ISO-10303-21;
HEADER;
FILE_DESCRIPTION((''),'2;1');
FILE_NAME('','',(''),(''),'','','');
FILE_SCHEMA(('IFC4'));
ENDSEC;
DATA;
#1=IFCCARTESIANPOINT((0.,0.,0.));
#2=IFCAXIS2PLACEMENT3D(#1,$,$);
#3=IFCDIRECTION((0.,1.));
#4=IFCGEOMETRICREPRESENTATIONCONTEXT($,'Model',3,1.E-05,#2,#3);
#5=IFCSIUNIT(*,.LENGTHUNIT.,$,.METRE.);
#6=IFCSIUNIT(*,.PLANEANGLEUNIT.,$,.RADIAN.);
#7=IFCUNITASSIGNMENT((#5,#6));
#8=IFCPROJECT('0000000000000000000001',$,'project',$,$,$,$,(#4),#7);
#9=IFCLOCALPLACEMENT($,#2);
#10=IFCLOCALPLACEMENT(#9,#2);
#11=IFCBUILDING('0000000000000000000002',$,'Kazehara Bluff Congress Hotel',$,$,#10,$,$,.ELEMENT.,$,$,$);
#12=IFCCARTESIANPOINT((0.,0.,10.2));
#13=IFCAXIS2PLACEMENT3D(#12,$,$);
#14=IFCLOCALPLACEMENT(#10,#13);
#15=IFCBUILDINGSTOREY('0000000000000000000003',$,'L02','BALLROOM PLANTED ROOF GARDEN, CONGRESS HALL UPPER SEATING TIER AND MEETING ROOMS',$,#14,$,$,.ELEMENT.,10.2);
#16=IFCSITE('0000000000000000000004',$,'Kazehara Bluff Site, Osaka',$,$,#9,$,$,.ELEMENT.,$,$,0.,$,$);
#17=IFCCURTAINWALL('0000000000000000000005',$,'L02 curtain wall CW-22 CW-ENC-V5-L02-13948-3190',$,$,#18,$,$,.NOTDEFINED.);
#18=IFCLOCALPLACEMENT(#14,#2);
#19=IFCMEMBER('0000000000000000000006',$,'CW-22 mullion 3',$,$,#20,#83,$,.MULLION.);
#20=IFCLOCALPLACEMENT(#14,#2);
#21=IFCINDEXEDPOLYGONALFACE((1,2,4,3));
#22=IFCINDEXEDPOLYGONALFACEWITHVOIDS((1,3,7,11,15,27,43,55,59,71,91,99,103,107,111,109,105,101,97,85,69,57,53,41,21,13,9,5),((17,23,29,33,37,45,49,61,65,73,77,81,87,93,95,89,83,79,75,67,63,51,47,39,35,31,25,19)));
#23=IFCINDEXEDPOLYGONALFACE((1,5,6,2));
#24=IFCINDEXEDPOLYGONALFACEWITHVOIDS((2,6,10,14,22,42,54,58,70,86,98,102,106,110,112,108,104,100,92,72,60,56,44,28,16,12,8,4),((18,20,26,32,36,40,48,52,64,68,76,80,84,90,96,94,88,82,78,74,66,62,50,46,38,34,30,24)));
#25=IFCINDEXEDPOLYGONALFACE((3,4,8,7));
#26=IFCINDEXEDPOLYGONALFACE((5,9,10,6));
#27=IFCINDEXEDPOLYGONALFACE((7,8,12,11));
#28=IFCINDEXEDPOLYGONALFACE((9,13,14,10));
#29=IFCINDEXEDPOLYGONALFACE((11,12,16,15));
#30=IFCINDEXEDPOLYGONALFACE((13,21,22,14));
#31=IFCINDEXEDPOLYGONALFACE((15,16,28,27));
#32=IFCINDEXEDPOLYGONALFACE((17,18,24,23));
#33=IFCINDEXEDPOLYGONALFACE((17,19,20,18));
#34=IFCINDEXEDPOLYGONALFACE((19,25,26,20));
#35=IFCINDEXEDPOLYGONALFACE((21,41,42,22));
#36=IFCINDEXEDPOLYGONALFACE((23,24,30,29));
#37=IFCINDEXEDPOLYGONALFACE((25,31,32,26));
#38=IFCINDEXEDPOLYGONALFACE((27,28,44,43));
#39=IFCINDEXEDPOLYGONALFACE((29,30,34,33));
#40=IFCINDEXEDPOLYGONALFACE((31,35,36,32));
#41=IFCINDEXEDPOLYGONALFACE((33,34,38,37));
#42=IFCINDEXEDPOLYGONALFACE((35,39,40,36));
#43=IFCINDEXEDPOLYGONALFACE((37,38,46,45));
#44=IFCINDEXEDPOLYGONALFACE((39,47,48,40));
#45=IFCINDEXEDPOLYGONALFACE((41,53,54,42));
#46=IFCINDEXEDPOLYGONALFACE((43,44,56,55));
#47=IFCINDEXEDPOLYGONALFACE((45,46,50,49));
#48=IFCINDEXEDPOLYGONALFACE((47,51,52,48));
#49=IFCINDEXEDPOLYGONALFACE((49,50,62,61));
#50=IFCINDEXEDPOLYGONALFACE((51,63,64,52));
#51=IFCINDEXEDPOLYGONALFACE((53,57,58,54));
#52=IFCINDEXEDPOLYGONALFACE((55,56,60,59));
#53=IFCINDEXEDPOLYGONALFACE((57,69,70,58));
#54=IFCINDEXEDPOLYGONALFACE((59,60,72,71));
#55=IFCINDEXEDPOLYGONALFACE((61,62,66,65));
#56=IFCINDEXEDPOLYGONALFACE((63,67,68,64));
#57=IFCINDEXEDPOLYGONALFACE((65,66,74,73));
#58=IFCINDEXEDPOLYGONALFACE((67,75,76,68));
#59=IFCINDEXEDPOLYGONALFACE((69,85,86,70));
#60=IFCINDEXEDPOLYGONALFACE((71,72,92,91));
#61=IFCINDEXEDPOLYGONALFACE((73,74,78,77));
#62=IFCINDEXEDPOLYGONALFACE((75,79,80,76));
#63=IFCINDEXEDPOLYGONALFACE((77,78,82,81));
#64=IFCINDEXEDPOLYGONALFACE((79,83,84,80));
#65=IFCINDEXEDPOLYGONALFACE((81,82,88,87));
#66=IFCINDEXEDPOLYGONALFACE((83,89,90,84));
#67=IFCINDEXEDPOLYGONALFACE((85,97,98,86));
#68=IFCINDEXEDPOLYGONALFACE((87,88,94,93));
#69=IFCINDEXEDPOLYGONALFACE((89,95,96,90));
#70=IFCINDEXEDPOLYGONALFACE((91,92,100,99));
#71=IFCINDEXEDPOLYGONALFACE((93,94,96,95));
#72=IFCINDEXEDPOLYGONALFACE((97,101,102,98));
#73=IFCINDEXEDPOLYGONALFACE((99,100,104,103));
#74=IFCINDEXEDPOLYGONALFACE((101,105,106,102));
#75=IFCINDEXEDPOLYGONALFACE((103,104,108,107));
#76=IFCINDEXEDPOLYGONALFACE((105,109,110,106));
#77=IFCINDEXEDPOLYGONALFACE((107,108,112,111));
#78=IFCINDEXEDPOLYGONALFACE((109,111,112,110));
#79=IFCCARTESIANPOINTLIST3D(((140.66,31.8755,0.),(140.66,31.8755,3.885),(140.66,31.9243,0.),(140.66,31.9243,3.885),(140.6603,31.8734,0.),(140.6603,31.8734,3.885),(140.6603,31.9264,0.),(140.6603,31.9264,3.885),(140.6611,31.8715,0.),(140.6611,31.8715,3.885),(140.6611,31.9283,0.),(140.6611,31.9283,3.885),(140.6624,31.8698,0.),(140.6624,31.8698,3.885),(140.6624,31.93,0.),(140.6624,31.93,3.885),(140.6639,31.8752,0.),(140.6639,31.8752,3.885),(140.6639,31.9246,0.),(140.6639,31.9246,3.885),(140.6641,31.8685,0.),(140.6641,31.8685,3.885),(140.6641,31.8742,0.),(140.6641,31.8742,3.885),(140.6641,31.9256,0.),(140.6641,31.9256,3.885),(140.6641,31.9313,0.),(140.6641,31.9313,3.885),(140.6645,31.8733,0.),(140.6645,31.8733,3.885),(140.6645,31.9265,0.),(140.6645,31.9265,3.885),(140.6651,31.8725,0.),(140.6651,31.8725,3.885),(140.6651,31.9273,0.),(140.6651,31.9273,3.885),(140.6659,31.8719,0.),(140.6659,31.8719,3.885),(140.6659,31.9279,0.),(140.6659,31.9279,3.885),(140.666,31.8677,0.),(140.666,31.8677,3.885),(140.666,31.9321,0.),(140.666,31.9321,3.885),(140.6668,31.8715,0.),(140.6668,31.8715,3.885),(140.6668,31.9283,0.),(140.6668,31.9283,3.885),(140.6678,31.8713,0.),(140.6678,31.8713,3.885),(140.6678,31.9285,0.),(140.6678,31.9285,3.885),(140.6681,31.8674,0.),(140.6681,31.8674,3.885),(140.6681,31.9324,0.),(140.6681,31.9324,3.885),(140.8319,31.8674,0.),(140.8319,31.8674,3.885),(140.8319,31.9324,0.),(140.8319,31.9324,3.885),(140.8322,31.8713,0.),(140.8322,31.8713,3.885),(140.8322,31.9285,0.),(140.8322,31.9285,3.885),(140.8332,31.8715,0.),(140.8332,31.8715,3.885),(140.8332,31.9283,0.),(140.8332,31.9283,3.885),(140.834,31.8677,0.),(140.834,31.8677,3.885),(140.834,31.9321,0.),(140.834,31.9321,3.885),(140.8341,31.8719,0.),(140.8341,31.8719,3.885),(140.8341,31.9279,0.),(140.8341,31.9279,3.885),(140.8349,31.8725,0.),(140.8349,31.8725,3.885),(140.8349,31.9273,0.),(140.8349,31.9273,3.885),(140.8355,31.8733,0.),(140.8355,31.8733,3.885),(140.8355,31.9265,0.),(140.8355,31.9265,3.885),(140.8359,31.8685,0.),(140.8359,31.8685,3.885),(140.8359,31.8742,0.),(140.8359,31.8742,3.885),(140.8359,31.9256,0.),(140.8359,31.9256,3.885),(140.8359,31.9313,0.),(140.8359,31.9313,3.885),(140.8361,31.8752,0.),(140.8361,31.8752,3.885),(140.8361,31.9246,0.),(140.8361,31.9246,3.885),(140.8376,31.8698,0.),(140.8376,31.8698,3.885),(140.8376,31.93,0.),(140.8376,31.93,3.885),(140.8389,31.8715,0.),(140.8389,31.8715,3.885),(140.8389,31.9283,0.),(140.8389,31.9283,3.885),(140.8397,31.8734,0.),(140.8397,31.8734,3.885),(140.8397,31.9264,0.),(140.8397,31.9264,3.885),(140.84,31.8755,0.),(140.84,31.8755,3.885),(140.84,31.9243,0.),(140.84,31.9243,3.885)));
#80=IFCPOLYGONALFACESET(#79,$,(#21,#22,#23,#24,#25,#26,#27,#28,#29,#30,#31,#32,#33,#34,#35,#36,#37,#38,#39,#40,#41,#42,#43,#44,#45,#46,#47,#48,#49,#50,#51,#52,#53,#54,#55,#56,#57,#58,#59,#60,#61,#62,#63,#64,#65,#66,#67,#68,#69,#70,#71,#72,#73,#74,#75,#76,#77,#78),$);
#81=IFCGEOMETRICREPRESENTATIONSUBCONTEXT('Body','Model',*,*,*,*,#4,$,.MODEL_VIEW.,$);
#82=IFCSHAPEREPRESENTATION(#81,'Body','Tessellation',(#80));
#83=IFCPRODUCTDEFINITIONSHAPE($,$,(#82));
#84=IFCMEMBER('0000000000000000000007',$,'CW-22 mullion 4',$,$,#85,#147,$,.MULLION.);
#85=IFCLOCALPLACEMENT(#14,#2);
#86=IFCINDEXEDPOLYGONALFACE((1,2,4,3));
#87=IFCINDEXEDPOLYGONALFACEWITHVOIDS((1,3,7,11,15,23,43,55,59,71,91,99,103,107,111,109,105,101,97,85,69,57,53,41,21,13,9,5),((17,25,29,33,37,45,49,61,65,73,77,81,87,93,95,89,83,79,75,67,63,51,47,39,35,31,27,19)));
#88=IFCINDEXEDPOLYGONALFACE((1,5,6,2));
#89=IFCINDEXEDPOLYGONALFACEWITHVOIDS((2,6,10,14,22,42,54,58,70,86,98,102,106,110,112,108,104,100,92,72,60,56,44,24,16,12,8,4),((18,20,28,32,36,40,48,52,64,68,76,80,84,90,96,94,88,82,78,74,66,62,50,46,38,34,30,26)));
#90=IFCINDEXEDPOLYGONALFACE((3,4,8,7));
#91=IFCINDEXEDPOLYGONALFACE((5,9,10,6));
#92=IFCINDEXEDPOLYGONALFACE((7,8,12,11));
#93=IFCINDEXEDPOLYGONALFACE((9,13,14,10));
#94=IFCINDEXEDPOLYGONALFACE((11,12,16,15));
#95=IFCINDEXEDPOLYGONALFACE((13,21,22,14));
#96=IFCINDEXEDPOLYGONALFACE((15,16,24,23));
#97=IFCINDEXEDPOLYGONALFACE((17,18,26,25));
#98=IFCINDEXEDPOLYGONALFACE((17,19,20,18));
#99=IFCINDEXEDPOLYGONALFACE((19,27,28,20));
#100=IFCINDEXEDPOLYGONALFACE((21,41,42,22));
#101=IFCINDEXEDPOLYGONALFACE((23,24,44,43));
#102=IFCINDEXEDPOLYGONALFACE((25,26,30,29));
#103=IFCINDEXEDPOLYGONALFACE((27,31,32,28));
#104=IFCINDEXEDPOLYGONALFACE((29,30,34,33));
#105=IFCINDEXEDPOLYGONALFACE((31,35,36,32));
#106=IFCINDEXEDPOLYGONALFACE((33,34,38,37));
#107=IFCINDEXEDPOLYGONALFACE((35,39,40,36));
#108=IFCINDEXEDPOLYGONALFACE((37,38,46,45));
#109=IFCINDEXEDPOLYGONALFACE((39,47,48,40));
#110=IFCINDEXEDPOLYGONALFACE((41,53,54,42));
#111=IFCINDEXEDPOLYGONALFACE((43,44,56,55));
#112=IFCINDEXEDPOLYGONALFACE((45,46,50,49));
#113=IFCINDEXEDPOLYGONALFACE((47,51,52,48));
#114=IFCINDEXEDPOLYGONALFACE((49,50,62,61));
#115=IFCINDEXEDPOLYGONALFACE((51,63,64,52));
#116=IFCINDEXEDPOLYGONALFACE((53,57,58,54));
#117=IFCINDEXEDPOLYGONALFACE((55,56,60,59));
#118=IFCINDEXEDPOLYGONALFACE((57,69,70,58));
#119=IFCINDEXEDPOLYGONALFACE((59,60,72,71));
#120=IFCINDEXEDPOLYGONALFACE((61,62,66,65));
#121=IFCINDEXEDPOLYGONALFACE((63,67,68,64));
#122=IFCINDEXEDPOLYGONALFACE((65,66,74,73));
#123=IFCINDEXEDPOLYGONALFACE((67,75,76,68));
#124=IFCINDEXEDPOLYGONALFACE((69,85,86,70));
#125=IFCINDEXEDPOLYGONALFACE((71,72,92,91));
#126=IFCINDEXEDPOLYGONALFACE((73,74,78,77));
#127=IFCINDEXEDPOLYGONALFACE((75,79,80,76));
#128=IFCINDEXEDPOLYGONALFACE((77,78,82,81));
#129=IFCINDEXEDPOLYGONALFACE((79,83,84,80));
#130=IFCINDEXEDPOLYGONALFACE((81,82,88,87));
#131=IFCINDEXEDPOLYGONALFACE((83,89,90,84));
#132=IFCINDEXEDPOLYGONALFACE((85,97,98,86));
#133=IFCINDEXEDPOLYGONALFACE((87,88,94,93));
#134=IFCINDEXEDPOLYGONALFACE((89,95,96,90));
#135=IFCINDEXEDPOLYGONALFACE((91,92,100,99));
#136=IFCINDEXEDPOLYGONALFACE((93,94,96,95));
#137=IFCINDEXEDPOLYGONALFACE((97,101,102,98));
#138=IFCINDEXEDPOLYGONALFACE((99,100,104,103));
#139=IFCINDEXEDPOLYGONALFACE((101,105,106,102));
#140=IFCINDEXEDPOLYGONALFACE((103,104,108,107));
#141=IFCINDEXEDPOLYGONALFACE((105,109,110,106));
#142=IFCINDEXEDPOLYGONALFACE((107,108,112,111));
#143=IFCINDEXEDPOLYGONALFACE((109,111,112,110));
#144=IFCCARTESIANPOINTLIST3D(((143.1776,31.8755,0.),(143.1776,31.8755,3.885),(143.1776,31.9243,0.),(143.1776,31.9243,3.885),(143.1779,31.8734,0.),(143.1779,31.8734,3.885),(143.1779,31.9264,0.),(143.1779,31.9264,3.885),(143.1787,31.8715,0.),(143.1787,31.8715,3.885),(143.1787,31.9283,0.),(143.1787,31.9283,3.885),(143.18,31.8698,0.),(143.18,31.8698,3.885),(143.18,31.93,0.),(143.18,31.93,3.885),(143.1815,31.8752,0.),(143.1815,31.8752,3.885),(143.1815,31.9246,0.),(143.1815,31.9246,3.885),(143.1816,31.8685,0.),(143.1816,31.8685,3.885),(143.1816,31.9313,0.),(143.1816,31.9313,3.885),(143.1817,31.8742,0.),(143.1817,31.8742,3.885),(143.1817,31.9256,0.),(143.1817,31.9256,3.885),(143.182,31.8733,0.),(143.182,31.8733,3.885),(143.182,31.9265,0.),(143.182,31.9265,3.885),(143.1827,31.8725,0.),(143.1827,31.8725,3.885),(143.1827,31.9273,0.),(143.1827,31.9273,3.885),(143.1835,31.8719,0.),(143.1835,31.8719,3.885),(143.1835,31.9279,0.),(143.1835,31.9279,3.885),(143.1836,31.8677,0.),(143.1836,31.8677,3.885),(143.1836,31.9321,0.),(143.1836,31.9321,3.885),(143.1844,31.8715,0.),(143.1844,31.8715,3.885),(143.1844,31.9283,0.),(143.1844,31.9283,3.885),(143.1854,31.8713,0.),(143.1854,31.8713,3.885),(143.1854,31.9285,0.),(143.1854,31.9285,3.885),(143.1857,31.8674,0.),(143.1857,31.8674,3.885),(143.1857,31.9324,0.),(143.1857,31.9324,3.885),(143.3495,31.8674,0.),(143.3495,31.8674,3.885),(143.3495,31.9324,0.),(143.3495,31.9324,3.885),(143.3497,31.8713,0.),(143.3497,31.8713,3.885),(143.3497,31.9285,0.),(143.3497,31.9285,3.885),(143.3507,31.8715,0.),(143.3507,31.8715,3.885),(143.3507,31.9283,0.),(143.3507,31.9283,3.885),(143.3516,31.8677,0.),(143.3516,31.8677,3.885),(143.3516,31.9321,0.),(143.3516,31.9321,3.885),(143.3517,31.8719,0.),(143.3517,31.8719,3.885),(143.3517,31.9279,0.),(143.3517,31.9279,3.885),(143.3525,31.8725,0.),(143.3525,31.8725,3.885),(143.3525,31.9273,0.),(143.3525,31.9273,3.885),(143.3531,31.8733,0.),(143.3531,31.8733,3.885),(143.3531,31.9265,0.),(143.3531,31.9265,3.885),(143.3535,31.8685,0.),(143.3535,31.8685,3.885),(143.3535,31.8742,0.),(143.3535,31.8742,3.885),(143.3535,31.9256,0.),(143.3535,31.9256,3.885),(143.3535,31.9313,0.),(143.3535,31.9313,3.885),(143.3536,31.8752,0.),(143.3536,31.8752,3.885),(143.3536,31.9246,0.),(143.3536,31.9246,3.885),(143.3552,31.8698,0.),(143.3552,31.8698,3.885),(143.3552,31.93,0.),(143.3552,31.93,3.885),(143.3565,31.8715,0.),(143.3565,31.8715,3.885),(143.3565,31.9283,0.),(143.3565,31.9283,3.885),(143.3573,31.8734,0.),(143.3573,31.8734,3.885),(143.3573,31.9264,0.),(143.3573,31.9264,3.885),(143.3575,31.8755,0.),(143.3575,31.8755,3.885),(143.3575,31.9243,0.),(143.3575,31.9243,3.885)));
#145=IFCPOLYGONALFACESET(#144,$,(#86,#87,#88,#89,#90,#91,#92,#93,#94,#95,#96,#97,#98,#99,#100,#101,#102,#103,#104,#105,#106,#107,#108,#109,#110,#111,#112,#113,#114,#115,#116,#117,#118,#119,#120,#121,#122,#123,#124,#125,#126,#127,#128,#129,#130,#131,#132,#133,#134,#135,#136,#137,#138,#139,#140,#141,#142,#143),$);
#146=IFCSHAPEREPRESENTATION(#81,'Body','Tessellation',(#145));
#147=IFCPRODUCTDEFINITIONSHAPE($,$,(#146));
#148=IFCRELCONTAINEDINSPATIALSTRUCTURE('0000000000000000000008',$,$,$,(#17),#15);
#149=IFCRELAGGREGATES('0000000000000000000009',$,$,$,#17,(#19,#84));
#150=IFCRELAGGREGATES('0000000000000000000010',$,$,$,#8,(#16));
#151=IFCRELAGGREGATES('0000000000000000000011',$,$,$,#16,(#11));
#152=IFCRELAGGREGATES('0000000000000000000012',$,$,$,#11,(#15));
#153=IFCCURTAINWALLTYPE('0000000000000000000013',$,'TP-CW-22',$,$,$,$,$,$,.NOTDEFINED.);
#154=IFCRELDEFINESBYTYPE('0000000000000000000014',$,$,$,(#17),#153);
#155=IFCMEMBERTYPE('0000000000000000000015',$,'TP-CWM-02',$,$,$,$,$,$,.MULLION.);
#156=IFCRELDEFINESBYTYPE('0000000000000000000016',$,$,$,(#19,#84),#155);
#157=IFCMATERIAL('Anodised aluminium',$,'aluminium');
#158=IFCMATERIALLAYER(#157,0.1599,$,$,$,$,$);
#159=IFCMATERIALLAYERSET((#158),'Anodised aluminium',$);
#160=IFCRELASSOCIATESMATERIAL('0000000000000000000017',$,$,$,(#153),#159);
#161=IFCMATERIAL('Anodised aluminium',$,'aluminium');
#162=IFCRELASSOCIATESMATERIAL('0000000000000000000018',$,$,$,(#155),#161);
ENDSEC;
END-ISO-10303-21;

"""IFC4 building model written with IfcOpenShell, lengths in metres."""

from ifc_helpers import new_model, si_unit, direction, frame, origin, origin_2d, place, context, subcontext, project, spatial, hollow_rectangle, extrude, material, layer, layer_set, material_profile, profile_set, type_object, element, aggregate, save


model = new_model("IFC4")

# Units and contexts
model_context = context("Model", 3, precision=1e-05, world=origin(), true_north=direction((0.0, 1.0)))
body_context = subcontext(model_context, "Body", "Model", "MODEL_VIEW")
ifc_project = project(units=[si_unit("LENGTHUNIT", "METRE"), si_unit("PLANEANGLEUNIT", "RADIAN")], contexts=[model_context])

# Site, building, storey
site_placement = place(None, origin())
site = spatial("IfcSite", under=ifc_project, at=site_placement, Name="Kazehara Bluff Site, Osaka", CompositionType="ELEMENT", RefElevation=0.0)
building_placement = place(site_placement, origin())
building = spatial("IfcBuilding", under=site, at=building_placement, Name="Kazehara Bluff Congress Hotel", CompositionType="ELEMENT")
storey_placement = place(building_placement, frame((0.0, 0.0, 10.2)))
storey = spatial("IfcBuildingStorey", under=building, at=storey_placement, Name="L02", Description="BALLROOM PLANTED ROOF GARDEN, CONGRESS HALL UPPER SEATING TIER AND MEETING ROOMS", CompositionType="ELEMENT", Elevation=10.2)

# Shared definitions
ifc_material_1 = material(Name="Anodised aluminium", Category="aluminium")
ifc_layer_1 = layer(ifc_material_1, 0.1599)
ifc_layer_set_1 = layer_set([ifc_layer_1], Name="Anodised aluminium")
curtain_wall_type = type_object("IfcCurtainWallType", Name="TP-CW-22", PredefinedType="NOTDEFINED", material=ifc_layer_set_1)
ifc_material_2 = material(Name="Anodised aluminium", Category="aluminium")
ifc_material_profile_1 = material_profile(ifc_material_2, hollow_rectangle(XDim=0.0649, YDim=0.1799, WallThickness=0.0039, InnerFilletRadius=0.0039, OuterFilletRadius=0.0081, at=origin_2d()))
ifc_profile_set_1 = profile_set([ifc_material_profile_1], Name="Anodised aluminium")
member_type_1 = type_object("IfcMemberType", Name="TP-CWM-02", PredefinedType="MULLION", material=ifc_profile_set_1)

# Curtain wall, members
curtain_wall_1_placement = place(storey_placement, origin())
curtain_wall_1 = element("IfcCurtainWall", 1, at=curtain_wall_1_placement, inside=storey, type_object=curtain_wall_type, Name="L02 curtain wall CW-22 CW-ENC-V5-L02-13948-3190", PredefinedType="NOTDEFINED")
member_1_placement = place(storey_placement, frame((140.75, 31.8999, 0.0), z_axis=(0.0, 0.0, 1.0), x_axis=(0.0, 1.0, 0.0)))
member_1 = element("IfcMember", 2, at=member_1_placement, type_object=member_type_1, Name="CW-22 mullion 3", PredefinedType="MULLION", context=body_context, shape_type="SweptSolid", body=[
    extrude(hollow_rectangle(XDim=0.0649, YDim=0.1799, WallThickness=0.0039, InnerFilletRadius=0.0039, OuterFilletRadius=0.0081, at=origin_2d()), origin(), (0.0, 0.0, 1.0), 3.885),
])
member_2_placement = place(storey_placement, frame((143.2676, 31.8999, 0.0), z_axis=(0.0, 0.0, 1.0), x_axis=(0.0, 1.0, 0.0)))
member_2 = element("IfcMember", 3, at=member_2_placement, type_object=member_type_1, Name="CW-22 mullion 4", PredefinedType="MULLION", context=body_context, shape_type="SweptSolid", body=[
    extrude(hollow_rectangle(XDim=0.0649, YDim=0.1799, WallThickness=0.0039, InnerFilletRadius=0.0039, OuterFilletRadius=0.0081, at=origin_2d()), origin(), (0.0, 0.0, 1.0), 3.885),
])
aggregate(curtain_wall_1, [member_1, member_2])

save(model, "model.ifc")
